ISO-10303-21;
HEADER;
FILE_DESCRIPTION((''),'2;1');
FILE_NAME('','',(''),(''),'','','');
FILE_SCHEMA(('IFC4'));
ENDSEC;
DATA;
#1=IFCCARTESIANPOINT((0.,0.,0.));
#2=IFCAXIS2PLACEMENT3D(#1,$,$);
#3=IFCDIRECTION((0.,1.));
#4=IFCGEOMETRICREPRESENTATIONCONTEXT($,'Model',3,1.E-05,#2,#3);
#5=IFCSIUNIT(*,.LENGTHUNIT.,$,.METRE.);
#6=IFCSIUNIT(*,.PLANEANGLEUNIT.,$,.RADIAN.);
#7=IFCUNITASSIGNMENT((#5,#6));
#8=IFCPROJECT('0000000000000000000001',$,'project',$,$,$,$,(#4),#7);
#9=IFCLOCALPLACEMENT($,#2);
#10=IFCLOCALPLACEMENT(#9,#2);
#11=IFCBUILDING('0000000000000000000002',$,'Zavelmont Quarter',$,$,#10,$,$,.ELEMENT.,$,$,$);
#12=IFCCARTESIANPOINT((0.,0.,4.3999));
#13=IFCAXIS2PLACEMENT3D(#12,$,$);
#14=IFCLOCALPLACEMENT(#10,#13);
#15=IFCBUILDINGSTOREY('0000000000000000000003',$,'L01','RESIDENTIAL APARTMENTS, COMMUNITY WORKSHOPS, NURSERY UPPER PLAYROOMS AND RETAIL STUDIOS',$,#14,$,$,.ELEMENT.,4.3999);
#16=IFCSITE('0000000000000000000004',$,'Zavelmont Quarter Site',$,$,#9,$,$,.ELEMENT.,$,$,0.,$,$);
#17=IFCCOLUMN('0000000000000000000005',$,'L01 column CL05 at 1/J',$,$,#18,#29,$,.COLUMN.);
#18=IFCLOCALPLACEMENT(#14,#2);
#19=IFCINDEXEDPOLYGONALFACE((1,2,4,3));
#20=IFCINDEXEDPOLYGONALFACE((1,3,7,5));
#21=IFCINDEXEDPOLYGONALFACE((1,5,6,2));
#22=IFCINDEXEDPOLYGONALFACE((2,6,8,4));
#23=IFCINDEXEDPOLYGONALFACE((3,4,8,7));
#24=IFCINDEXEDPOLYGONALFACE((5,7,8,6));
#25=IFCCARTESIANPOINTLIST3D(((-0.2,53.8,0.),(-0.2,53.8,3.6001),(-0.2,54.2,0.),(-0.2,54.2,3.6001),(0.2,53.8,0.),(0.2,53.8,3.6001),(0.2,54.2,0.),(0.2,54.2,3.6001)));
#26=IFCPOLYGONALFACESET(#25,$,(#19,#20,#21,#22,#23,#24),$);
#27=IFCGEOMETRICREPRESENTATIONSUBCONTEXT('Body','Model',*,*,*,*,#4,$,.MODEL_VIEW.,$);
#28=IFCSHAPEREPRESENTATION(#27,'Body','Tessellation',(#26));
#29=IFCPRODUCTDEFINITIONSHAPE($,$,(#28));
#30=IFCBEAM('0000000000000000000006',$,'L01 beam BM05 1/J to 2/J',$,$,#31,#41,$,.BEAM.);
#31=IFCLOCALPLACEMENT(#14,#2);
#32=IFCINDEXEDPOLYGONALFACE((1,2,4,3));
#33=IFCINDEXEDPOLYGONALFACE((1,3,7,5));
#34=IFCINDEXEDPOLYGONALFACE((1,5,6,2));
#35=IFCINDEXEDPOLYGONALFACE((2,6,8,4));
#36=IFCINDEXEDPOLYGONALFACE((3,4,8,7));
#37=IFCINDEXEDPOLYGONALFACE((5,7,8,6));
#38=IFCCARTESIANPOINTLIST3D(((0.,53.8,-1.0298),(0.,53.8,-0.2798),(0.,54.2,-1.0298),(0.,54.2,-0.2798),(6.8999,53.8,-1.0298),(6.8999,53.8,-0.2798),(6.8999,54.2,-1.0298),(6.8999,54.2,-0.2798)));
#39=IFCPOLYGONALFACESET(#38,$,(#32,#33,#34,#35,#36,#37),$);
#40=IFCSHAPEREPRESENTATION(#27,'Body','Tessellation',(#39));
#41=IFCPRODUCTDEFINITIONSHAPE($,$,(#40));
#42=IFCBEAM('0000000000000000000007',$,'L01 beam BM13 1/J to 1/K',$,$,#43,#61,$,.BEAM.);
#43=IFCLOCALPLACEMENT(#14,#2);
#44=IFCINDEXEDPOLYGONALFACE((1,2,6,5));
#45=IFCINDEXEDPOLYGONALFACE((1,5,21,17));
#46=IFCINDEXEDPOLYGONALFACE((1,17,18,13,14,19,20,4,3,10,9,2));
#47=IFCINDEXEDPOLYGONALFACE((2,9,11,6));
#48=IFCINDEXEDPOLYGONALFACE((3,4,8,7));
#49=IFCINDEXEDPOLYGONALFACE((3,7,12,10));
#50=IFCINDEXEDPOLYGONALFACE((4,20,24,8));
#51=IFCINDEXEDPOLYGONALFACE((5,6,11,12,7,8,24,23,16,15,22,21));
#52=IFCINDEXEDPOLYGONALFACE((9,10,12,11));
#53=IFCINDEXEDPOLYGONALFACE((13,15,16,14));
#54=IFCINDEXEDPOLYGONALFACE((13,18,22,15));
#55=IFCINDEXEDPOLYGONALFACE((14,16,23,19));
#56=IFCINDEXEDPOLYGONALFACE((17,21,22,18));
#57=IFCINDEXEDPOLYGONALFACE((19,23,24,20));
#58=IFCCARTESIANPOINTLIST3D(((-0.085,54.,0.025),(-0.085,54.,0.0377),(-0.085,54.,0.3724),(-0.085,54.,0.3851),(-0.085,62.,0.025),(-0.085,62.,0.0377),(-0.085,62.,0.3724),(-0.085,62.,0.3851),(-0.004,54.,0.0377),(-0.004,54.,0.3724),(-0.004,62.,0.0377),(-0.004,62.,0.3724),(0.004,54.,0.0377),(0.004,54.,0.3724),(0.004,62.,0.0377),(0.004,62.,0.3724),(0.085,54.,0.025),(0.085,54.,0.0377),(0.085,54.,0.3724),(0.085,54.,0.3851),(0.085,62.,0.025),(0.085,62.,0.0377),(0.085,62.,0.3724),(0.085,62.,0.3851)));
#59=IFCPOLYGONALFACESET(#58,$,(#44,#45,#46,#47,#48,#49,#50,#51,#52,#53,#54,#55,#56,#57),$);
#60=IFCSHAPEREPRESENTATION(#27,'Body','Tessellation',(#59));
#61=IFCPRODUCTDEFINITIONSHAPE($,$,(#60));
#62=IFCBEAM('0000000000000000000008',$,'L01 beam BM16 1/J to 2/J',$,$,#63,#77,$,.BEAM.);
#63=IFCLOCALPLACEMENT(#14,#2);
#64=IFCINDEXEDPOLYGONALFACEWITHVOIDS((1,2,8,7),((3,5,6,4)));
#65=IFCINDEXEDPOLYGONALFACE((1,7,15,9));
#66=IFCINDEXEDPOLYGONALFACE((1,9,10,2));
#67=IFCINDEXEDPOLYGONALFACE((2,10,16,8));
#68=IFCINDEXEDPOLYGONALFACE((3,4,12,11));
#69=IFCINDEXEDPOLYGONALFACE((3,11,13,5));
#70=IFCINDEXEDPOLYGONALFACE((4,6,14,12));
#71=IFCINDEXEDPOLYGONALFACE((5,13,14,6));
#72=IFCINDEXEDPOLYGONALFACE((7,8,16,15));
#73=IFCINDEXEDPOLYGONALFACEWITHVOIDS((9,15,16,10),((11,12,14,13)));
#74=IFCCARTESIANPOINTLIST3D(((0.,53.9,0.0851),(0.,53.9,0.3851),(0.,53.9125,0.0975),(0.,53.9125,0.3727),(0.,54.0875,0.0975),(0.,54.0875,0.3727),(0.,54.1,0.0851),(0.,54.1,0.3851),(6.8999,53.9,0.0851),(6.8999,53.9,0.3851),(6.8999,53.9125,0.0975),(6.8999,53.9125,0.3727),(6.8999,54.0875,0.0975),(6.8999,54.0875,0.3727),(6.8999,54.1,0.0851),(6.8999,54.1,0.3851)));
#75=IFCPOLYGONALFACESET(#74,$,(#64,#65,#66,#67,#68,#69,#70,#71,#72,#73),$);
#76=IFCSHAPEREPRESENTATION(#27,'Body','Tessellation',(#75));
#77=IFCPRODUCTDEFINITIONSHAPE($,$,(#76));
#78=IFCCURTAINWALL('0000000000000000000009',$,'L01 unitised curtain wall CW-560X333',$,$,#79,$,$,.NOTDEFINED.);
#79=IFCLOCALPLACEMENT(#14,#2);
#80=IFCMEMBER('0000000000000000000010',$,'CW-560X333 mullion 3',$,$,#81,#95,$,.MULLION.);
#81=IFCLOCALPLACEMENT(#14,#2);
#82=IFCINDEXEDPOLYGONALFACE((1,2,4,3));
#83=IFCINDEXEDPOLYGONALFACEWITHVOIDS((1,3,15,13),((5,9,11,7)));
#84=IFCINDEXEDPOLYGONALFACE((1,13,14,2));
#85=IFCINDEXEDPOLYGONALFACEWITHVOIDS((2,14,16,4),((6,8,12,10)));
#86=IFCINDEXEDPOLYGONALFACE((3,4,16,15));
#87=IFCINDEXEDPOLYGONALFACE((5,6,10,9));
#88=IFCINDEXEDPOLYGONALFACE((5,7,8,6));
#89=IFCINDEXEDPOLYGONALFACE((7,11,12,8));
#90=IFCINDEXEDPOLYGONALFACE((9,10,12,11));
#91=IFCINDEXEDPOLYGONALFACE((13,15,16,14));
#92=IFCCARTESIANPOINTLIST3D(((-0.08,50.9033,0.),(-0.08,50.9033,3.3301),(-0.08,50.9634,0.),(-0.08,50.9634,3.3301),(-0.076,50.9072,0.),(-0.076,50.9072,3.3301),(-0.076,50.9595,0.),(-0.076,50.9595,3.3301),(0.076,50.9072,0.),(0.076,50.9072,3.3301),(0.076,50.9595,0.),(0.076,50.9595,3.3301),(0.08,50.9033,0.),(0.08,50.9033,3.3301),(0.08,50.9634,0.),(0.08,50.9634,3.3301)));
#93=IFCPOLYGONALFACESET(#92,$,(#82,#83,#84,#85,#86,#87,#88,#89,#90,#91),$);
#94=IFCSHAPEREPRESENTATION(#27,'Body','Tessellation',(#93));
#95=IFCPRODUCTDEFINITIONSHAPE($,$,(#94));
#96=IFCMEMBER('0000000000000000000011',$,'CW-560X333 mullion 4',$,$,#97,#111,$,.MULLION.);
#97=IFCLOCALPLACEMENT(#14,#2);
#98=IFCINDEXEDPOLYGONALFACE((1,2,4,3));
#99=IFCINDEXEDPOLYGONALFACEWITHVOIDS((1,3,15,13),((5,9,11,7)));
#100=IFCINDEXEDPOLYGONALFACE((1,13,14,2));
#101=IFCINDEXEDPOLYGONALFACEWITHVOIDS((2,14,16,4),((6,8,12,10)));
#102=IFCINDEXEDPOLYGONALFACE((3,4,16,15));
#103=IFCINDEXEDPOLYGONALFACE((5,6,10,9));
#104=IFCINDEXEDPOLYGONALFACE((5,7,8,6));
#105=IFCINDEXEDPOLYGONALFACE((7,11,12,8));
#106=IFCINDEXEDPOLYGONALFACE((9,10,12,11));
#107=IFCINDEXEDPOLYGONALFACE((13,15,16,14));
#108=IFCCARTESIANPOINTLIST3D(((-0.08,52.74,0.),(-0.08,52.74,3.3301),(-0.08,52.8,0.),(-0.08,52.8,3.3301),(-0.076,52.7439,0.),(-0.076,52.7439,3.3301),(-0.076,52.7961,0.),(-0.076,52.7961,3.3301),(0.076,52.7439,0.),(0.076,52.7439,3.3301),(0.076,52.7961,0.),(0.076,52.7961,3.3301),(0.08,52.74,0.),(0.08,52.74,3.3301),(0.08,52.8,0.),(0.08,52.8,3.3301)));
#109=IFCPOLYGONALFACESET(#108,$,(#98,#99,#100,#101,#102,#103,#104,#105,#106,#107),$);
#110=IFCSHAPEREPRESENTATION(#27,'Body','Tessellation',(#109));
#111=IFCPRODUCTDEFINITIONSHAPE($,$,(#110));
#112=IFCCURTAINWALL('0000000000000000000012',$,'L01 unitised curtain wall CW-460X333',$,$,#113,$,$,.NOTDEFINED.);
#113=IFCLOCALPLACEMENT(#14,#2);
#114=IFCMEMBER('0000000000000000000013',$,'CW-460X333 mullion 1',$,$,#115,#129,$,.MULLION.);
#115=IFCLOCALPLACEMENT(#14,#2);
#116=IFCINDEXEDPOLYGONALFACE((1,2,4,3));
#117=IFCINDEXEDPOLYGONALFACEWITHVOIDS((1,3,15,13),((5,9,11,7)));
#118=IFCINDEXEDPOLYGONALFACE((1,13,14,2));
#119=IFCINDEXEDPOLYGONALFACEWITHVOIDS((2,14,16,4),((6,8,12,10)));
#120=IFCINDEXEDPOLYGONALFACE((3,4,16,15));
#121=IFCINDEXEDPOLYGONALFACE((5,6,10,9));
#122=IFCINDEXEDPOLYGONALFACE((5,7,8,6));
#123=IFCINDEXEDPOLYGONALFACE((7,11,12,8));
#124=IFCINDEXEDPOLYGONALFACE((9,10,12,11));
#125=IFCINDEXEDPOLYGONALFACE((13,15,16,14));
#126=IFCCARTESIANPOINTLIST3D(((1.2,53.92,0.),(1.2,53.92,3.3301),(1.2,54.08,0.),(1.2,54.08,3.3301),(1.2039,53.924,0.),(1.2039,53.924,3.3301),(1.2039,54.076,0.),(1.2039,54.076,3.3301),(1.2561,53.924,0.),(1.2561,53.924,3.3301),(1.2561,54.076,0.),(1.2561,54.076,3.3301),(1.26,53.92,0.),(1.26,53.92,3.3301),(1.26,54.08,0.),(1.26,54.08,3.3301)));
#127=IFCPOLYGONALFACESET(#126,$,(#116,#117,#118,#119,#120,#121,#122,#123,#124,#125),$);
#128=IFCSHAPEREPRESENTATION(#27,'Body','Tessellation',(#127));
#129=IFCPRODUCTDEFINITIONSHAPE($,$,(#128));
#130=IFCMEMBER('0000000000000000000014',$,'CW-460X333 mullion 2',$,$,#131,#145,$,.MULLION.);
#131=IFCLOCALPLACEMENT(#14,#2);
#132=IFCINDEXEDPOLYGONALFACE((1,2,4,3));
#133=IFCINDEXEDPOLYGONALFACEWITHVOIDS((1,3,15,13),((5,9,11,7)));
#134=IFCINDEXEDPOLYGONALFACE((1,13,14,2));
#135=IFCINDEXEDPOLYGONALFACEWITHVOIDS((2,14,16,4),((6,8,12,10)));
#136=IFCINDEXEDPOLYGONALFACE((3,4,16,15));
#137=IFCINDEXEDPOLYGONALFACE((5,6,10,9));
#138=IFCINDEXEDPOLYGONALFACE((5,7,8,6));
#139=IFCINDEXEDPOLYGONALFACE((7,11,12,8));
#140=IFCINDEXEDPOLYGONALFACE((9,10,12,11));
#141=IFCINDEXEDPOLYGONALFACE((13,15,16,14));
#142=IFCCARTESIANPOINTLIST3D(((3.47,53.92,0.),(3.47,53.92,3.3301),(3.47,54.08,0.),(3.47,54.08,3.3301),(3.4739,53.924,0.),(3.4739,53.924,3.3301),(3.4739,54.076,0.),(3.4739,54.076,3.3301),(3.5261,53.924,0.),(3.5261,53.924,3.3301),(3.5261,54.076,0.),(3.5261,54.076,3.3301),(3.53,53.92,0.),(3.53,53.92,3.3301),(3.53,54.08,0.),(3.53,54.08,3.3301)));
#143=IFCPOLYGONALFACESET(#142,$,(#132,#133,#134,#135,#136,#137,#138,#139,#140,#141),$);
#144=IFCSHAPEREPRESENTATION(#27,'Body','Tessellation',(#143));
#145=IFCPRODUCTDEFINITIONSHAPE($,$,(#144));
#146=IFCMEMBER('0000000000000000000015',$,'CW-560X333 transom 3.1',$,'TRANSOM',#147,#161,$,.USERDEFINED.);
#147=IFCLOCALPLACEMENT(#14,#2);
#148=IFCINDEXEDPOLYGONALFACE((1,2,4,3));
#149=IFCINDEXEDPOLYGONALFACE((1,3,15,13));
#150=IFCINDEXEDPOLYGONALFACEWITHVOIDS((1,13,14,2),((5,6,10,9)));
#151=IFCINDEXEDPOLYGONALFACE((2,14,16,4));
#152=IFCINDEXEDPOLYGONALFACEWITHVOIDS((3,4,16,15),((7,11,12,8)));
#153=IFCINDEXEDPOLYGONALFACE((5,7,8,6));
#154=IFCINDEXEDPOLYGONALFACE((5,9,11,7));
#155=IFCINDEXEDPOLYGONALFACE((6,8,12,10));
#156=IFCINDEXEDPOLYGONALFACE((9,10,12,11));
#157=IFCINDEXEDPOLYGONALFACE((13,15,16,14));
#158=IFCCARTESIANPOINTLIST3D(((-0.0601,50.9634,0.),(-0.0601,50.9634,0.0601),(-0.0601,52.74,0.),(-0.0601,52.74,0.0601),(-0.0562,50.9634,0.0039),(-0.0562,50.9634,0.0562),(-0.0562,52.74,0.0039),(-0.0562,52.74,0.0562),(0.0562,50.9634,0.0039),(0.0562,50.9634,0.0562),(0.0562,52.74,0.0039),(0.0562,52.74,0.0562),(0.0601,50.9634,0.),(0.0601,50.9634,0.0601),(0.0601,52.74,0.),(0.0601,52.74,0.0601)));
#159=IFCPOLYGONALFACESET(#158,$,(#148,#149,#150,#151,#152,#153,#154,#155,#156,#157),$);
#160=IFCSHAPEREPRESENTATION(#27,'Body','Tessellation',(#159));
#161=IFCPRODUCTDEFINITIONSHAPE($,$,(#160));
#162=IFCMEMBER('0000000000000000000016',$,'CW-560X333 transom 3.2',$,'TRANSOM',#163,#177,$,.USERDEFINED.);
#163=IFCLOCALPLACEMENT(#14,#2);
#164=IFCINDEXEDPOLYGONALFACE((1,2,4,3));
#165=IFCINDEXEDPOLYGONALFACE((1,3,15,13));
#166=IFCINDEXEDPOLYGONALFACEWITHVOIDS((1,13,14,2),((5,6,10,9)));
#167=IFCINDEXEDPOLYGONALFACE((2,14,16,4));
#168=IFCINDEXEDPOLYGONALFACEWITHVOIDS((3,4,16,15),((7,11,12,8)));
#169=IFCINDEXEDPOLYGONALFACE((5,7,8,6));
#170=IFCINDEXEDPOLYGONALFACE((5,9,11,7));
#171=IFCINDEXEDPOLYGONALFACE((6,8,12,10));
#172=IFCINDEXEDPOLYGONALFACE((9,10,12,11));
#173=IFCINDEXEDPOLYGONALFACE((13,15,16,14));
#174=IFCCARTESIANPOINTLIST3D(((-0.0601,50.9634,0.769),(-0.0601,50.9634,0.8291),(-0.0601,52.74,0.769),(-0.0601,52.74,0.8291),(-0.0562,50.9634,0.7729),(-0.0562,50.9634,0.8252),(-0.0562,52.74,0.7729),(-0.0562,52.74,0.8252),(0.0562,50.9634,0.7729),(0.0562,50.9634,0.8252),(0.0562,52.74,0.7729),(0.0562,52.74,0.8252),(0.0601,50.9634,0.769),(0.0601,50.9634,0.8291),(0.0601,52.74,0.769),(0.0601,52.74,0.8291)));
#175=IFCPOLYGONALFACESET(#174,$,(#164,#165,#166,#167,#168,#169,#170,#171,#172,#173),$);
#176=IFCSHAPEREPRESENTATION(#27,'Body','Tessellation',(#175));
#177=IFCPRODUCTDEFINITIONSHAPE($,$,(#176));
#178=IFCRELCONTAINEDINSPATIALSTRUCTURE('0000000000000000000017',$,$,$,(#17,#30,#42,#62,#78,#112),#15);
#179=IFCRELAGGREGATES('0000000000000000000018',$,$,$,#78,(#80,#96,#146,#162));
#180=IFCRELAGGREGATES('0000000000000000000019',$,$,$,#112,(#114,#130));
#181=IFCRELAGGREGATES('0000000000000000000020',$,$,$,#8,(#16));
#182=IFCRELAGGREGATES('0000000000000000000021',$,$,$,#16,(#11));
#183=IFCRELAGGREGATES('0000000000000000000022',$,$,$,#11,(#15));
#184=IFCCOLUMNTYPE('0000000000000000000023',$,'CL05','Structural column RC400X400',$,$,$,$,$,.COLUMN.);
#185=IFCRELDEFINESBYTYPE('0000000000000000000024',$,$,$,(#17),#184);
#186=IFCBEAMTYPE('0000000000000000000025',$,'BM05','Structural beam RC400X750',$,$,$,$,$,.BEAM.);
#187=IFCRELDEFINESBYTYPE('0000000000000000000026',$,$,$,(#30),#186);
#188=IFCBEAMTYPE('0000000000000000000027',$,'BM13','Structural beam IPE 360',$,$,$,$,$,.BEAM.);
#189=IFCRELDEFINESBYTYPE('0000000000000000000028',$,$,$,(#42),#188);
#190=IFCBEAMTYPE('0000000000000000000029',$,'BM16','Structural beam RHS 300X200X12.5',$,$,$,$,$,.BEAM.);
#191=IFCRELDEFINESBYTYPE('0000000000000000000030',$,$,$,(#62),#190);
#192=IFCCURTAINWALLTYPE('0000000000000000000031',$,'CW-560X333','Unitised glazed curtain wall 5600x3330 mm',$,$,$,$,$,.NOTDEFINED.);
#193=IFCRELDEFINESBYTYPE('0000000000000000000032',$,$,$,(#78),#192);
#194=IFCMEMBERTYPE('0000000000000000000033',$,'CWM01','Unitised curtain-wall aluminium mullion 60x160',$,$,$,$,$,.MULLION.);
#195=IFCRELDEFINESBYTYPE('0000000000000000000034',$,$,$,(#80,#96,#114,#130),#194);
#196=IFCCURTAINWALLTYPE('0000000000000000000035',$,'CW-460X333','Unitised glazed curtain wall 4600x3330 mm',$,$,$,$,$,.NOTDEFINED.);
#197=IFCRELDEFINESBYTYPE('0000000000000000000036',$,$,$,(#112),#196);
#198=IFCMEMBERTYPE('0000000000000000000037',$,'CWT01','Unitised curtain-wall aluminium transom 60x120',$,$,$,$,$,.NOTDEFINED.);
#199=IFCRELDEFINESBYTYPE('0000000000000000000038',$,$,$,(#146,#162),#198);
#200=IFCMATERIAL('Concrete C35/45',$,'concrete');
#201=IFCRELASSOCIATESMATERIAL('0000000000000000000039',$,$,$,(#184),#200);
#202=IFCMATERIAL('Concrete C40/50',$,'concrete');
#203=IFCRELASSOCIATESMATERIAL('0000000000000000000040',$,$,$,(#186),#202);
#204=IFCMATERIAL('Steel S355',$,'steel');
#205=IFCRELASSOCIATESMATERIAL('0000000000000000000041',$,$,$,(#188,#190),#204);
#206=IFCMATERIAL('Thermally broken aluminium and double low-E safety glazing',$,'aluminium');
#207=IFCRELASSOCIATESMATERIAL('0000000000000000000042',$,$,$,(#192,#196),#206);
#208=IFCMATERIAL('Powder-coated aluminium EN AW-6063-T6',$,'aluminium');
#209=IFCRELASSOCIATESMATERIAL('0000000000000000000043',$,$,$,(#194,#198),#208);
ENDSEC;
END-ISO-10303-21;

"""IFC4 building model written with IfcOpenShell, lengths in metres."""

from ifc_helpers import new_model, si_unit, direction, frame, origin, origin_2d, place, context, subcontext, project, spatial, rectangle, hollow_rectangle, i_section, extrude, material, material_profile, profile_set, type_object, element, aggregate, save


model = new_model("IFC4")

# Units and contexts
model_context = context("Model", 3, precision=1e-05, world=origin(), true_north=direction((0.0, 1.0)))
body_context = subcontext(model_context, "Body", "Model", "MODEL_VIEW")
ifc_project = project(units=[si_unit("LENGTHUNIT", "METRE"), si_unit("PLANEANGLEUNIT", "RADIAN")], contexts=[model_context])

# Site, building, storey
site_placement = place(None, origin())
site = spatial("IfcSite", under=ifc_project, at=site_placement, Name="Zavelmont Quarter Site", CompositionType="ELEMENT", RefElevation=0.0)
building_placement = place(site_placement, origin())
building = spatial("IfcBuilding", under=site, at=building_placement, Name="Zavelmont Quarter", CompositionType="ELEMENT")
storey_placement = place(building_placement, frame((0.0, 0.0, 4.3999)))
storey = spatial("IfcBuildingStorey", under=building, at=storey_placement, Name="L01", Description="RESIDENTIAL APARTMENTS, COMMUNITY WORKSHOPS, NURSERY UPPER PLAYROOMS AND RETAIL STUDIOS", CompositionType="ELEMENT", Elevation=4.3999)

# Column
ifc_material_1 = material(Name="Concrete C35/45", Category="concrete")
ifc_material_profile_1 = material_profile(ifc_material_1, rectangle(XDim=0.3999, YDim=0.3999, at=origin_2d()), Name="RC400X400")
ifc_profile_set_1 = profile_set([ifc_material_profile_1], Name="Concrete C35/45")
column_type = type_object("IfcColumnType", Name="CL05", Description="Structural column RC400X400", PredefinedType="COLUMN", material=ifc_profile_set_1)
column_placement = place(storey_placement, frame((0.0, 54.0, 0.0), z_axis=(0.0, 0.0, 1.0), x_axis=(1.0, 0.0, 0.0)))
element("IfcColumn", 1, at=column_placement, inside=storey, type_object=column_type, Name="L01 column CL05 at 1/J", PredefinedType="COLUMN", context=body_context, shape_type="SweptSolid", body=[
    extrude(rectangle(XDim=0.3999, YDim=0.3999, at=origin_2d()), origin(), (0.0, 0.0, 1.0), 3.6001),
])

# Beams
ifc_material_2 = material(Name="Concrete C40/50", Category="concrete")
ifc_material_profile_2 = material_profile(ifc_material_2, rectangle(XDim=0.3999, YDim=0.75, at=origin_2d()), Name="RC400X750")
ifc_profile_set_2 = profile_set([ifc_material_profile_2], Name="Concrete C40/50")
beam_type_1 = type_object("IfcBeamType", Name="BM05", Description="Structural beam RC400X750", PredefinedType="BEAM", material=ifc_profile_set_2)
beam_1_placement = place(storey_placement, frame((0.0, 54.0, -0.6548), z_axis=(1.0, 0.0, 0.0), x_axis=(0.0, 1.0, 0.0)))
element("IfcBeam", 2, at=beam_1_placement, inside=storey, type_object=beam_type_1, Name="L01 beam BM05 1/J to 2/J", PredefinedType="BEAM", context=body_context, shape_type="SweptSolid", body=[
    extrude(rectangle(XDim=0.3999, YDim=0.75, at=origin_2d()), origin(), (0.0, 0.0, 1.0), 6.8999),
])
ifc_material_3 = material(Name="Steel S355", Category="steel")
ifc_material_profile_3 = material_profile(ifc_material_3, i_section(OverallWidth=0.1699, OverallDepth=0.3601, WebThickness=0.0081, FlangeThickness=0.0127, at=origin_2d()), Name="IPE 360")
ifc_profile_set_3 = profile_set([ifc_material_profile_3], Name="Steel S355")
beam_type_2 = type_object("IfcBeamType", Name="BM13", Description="Structural beam IPE 360", PredefinedType="BEAM", material=ifc_profile_set_3)
beam_2_placement = place(storey_placement, frame((0.0, 54.0, 0.2051), z_axis=(0.0, 1.0, 0.0), x_axis=(-1.0, 0.0, 0.0)))
element("IfcBeam", 3, at=beam_2_placement, inside=storey, type_object=beam_type_2, Name="L01 beam BM13 1/J to 1/K", PredefinedType="BEAM", context=body_context, shape_type="SweptSolid", body=[
    extrude(i_section(OverallWidth=0.1699, OverallDepth=0.3601, WebThickness=0.0081, FlangeThickness=0.0127, at=origin_2d()), origin(), (0.0, 0.0, 1.0), 8.0),
])
ifc_material_profile_4 = material_profile(ifc_material_3, hollow_rectangle(XDim=0.2, YDim=0.3, WallThickness=0.0125, at=origin_2d()), Name="RHS 300X200X12.5")
ifc_profile_set_4 = profile_set([ifc_material_profile_4], Name="Steel S355")
beam_type_3 = type_object("IfcBeamType", Name="BM16", Description="Structural beam RHS 300X200X12.5", PredefinedType="BEAM", material=ifc_profile_set_4)
beam_3_placement = place(storey_placement, frame((0.0, 54.0, 0.2351), z_axis=(1.0, 0.0, 0.0), x_axis=(0.0, 1.0, 0.0)))
element("IfcBeam", 4, at=beam_3_placement, inside=storey, type_object=beam_type_3, Name="L01 beam BM16 1/J to 2/J", PredefinedType="BEAM", context=body_context, shape_type="SweptSolid", body=[
    extrude(hollow_rectangle(XDim=0.2, YDim=0.3, WallThickness=0.0125, at=origin_2d()), origin(), (0.0, 0.0, 1.0), 6.8999),
])

# Curtain walls, members
ifc_material_4 = material(Name="Thermally broken aluminium and double low-E safety glazing", Category="aluminium")
curtain_wall_type_1 = type_object("IfcCurtainWallType", Name="CW-560X333", Description="Unitised glazed curtain wall 5600x3330 mm", PredefinedType="NOTDEFINED", material=ifc_material_4)
curtain_wall_1_placement = place(storey_placement, origin())
curtain_wall_1 = element("IfcCurtainWall", 5, at=curtain_wall_1_placement, inside=storey, type_object=curtain_wall_type_1, Name="L01 unitised curtain wall CW-560X333", PredefinedType="NOTDEFINED")
ifc_material_5 = material(Name="Powder-coated aluminium EN AW-6063-T6", Category="aluminium")
ifc_material_profile_5 = material_profile(ifc_material_5, hollow_rectangle(XDim=0.0601, YDim=0.1599, WallThickness=0.0039, at=origin_2d()), Name="CWM60X160")
ifc_profile_set_5 = profile_set([ifc_material_profile_5], Name="Powder-coated aluminium EN AW-6063-T6")
member_type_1 = type_object("IfcMemberType", Name="CWM01", Description="Unitised curtain-wall aluminium mullion 60x160", PredefinedType="MULLION", material=ifc_profile_set_5)
member_1_placement = place(storey_placement, frame((0.0, 50.9333, 0.0), z_axis=(0.0, 0.0, 1.0), x_axis=(0.0, 1.0, 0.0)))
member_1 = element("IfcMember", 6, at=member_1_placement, type_object=member_type_1, Name="CW-560X333 mullion 3", PredefinedType="MULLION", context=body_context, shape_type="SweptSolid", body=[
    extrude(hollow_rectangle(XDim=0.0601, YDim=0.1599, WallThickness=0.0039, at=origin_2d()), origin(), (0.0, 0.0, 1.0), 3.3301),
])
member_2_placement = place(storey_placement, frame((0.0, 52.77, 0.0), z_axis=(0.0, 0.0, 1.0), x_axis=(0.0, 1.0, 0.0)))
member_2 = element("IfcMember", 7, at=member_2_placement, type_object=member_type_1, Name="CW-560X333 mullion 4", PredefinedType="MULLION", context=body_context, shape_type="SweptSolid", body=[
    extrude(hollow_rectangle(XDim=0.0601, YDim=0.1599, WallThickness=0.0039, at=origin_2d()), origin(), (0.0, 0.0, 1.0), 3.3301),
])
curtain_wall_type_2 = type_object("IfcCurtainWallType", Name="CW-460X333", Description="Unitised glazed curtain wall 4600x3330 mm", PredefinedType="NOTDEFINED", material=ifc_material_4)
curtain_wall_2_placement = place(storey_placement, origin())
curtain_wall_2 = element("IfcCurtainWall", 8, at=curtain_wall_2_placement, inside=storey, type_object=curtain_wall_type_2, Name="L01 unitised curtain wall CW-460X333", PredefinedType="NOTDEFINED")
member_3_placement = place(storey_placement, frame((1.23, 54.0, 0.0), z_axis=(0.0, 0.0, 1.0), x_axis=(1.0, 0.0, 0.0)))
member_3 = element("IfcMember", 9, at=member_3_placement, type_object=member_type_1, Name="CW-460X333 mullion 1", PredefinedType="MULLION", context=body_context, shape_type="SweptSolid", body=[
    extrude(hollow_rectangle(XDim=0.0601, YDim=0.1599, WallThickness=0.0039, at=origin_2d()), origin(), (0.0, 0.0, 1.0), 3.3301),
])
member_4_placement = place(storey_placement, frame((3.5, 54.0, 0.0), z_axis=(0.0, 0.0, 1.0), x_axis=(1.0, 0.0, 0.0)))
member_4 = element("IfcMember", 10, at=member_4_placement, type_object=member_type_1, Name="CW-460X333 mullion 2", PredefinedType="MULLION", context=body_context, shape_type="SweptSolid", body=[
    extrude(hollow_rectangle(XDim=0.0601, YDim=0.1599, WallThickness=0.0039, at=origin_2d()), origin(), (0.0, 0.0, 1.0), 3.3301),
])

# Members
ifc_material_profile_6 = material_profile(ifc_material_5, hollow_rectangle(XDim=0.1201, YDim=0.0601, WallThickness=0.0039, at=origin_2d()), Name="CWT60X120")
ifc_profile_set_6 = profile_set([ifc_material_profile_6], Name="Powder-coated aluminium EN AW-6063-T6")
member_type_2 = type_object("IfcMemberType", Name="CWT01", Description="Unitised curtain-wall aluminium transom 60x120", PredefinedType="NOTDEFINED", material=ifc_profile_set_6)
member_5_placement = place(storey_placement, frame((0.0, 50.9634, 0.03), z_axis=(0.0, 1.0, 0.0), x_axis=(-1.0, 0.0, 0.0)))
member_5 = element("IfcMember", 11, at=member_5_placement, type_object=member_type_2, Name="CW-560X333 transom 3.1", ObjectType="TRANSOM", PredefinedType="USERDEFINED", context=body_context, shape_type="SweptSolid", body=[
    extrude(hollow_rectangle(XDim=0.1201, YDim=0.0601, WallThickness=0.0039, at=origin_2d()), origin(), (0.0, 0.0, 1.0), 1.7766),
])
member_6_placement = place(storey_placement, frame((0.0, 50.9634, 0.7991), z_axis=(0.0, 1.0, 0.0), x_axis=(-1.0, 0.0, 0.0)))
member_6 = element("IfcMember", 12, at=member_6_placement, type_object=member_type_2, Name="CW-560X333 transom 3.2", ObjectType="TRANSOM", PredefinedType="USERDEFINED", context=body_context, shape_type="SweptSolid", body=[
    extrude(hollow_rectangle(XDim=0.1201, YDim=0.0601, WallThickness=0.0039, at=origin_2d()), origin(), (0.0, 0.0, 1.0), 1.7766),
])

aggregate(curtain_wall_1, [member_1, member_2, member_5, member_6])
aggregate(curtain_wall_2, [member_3, member_4])

save(model, "model.ifc")
